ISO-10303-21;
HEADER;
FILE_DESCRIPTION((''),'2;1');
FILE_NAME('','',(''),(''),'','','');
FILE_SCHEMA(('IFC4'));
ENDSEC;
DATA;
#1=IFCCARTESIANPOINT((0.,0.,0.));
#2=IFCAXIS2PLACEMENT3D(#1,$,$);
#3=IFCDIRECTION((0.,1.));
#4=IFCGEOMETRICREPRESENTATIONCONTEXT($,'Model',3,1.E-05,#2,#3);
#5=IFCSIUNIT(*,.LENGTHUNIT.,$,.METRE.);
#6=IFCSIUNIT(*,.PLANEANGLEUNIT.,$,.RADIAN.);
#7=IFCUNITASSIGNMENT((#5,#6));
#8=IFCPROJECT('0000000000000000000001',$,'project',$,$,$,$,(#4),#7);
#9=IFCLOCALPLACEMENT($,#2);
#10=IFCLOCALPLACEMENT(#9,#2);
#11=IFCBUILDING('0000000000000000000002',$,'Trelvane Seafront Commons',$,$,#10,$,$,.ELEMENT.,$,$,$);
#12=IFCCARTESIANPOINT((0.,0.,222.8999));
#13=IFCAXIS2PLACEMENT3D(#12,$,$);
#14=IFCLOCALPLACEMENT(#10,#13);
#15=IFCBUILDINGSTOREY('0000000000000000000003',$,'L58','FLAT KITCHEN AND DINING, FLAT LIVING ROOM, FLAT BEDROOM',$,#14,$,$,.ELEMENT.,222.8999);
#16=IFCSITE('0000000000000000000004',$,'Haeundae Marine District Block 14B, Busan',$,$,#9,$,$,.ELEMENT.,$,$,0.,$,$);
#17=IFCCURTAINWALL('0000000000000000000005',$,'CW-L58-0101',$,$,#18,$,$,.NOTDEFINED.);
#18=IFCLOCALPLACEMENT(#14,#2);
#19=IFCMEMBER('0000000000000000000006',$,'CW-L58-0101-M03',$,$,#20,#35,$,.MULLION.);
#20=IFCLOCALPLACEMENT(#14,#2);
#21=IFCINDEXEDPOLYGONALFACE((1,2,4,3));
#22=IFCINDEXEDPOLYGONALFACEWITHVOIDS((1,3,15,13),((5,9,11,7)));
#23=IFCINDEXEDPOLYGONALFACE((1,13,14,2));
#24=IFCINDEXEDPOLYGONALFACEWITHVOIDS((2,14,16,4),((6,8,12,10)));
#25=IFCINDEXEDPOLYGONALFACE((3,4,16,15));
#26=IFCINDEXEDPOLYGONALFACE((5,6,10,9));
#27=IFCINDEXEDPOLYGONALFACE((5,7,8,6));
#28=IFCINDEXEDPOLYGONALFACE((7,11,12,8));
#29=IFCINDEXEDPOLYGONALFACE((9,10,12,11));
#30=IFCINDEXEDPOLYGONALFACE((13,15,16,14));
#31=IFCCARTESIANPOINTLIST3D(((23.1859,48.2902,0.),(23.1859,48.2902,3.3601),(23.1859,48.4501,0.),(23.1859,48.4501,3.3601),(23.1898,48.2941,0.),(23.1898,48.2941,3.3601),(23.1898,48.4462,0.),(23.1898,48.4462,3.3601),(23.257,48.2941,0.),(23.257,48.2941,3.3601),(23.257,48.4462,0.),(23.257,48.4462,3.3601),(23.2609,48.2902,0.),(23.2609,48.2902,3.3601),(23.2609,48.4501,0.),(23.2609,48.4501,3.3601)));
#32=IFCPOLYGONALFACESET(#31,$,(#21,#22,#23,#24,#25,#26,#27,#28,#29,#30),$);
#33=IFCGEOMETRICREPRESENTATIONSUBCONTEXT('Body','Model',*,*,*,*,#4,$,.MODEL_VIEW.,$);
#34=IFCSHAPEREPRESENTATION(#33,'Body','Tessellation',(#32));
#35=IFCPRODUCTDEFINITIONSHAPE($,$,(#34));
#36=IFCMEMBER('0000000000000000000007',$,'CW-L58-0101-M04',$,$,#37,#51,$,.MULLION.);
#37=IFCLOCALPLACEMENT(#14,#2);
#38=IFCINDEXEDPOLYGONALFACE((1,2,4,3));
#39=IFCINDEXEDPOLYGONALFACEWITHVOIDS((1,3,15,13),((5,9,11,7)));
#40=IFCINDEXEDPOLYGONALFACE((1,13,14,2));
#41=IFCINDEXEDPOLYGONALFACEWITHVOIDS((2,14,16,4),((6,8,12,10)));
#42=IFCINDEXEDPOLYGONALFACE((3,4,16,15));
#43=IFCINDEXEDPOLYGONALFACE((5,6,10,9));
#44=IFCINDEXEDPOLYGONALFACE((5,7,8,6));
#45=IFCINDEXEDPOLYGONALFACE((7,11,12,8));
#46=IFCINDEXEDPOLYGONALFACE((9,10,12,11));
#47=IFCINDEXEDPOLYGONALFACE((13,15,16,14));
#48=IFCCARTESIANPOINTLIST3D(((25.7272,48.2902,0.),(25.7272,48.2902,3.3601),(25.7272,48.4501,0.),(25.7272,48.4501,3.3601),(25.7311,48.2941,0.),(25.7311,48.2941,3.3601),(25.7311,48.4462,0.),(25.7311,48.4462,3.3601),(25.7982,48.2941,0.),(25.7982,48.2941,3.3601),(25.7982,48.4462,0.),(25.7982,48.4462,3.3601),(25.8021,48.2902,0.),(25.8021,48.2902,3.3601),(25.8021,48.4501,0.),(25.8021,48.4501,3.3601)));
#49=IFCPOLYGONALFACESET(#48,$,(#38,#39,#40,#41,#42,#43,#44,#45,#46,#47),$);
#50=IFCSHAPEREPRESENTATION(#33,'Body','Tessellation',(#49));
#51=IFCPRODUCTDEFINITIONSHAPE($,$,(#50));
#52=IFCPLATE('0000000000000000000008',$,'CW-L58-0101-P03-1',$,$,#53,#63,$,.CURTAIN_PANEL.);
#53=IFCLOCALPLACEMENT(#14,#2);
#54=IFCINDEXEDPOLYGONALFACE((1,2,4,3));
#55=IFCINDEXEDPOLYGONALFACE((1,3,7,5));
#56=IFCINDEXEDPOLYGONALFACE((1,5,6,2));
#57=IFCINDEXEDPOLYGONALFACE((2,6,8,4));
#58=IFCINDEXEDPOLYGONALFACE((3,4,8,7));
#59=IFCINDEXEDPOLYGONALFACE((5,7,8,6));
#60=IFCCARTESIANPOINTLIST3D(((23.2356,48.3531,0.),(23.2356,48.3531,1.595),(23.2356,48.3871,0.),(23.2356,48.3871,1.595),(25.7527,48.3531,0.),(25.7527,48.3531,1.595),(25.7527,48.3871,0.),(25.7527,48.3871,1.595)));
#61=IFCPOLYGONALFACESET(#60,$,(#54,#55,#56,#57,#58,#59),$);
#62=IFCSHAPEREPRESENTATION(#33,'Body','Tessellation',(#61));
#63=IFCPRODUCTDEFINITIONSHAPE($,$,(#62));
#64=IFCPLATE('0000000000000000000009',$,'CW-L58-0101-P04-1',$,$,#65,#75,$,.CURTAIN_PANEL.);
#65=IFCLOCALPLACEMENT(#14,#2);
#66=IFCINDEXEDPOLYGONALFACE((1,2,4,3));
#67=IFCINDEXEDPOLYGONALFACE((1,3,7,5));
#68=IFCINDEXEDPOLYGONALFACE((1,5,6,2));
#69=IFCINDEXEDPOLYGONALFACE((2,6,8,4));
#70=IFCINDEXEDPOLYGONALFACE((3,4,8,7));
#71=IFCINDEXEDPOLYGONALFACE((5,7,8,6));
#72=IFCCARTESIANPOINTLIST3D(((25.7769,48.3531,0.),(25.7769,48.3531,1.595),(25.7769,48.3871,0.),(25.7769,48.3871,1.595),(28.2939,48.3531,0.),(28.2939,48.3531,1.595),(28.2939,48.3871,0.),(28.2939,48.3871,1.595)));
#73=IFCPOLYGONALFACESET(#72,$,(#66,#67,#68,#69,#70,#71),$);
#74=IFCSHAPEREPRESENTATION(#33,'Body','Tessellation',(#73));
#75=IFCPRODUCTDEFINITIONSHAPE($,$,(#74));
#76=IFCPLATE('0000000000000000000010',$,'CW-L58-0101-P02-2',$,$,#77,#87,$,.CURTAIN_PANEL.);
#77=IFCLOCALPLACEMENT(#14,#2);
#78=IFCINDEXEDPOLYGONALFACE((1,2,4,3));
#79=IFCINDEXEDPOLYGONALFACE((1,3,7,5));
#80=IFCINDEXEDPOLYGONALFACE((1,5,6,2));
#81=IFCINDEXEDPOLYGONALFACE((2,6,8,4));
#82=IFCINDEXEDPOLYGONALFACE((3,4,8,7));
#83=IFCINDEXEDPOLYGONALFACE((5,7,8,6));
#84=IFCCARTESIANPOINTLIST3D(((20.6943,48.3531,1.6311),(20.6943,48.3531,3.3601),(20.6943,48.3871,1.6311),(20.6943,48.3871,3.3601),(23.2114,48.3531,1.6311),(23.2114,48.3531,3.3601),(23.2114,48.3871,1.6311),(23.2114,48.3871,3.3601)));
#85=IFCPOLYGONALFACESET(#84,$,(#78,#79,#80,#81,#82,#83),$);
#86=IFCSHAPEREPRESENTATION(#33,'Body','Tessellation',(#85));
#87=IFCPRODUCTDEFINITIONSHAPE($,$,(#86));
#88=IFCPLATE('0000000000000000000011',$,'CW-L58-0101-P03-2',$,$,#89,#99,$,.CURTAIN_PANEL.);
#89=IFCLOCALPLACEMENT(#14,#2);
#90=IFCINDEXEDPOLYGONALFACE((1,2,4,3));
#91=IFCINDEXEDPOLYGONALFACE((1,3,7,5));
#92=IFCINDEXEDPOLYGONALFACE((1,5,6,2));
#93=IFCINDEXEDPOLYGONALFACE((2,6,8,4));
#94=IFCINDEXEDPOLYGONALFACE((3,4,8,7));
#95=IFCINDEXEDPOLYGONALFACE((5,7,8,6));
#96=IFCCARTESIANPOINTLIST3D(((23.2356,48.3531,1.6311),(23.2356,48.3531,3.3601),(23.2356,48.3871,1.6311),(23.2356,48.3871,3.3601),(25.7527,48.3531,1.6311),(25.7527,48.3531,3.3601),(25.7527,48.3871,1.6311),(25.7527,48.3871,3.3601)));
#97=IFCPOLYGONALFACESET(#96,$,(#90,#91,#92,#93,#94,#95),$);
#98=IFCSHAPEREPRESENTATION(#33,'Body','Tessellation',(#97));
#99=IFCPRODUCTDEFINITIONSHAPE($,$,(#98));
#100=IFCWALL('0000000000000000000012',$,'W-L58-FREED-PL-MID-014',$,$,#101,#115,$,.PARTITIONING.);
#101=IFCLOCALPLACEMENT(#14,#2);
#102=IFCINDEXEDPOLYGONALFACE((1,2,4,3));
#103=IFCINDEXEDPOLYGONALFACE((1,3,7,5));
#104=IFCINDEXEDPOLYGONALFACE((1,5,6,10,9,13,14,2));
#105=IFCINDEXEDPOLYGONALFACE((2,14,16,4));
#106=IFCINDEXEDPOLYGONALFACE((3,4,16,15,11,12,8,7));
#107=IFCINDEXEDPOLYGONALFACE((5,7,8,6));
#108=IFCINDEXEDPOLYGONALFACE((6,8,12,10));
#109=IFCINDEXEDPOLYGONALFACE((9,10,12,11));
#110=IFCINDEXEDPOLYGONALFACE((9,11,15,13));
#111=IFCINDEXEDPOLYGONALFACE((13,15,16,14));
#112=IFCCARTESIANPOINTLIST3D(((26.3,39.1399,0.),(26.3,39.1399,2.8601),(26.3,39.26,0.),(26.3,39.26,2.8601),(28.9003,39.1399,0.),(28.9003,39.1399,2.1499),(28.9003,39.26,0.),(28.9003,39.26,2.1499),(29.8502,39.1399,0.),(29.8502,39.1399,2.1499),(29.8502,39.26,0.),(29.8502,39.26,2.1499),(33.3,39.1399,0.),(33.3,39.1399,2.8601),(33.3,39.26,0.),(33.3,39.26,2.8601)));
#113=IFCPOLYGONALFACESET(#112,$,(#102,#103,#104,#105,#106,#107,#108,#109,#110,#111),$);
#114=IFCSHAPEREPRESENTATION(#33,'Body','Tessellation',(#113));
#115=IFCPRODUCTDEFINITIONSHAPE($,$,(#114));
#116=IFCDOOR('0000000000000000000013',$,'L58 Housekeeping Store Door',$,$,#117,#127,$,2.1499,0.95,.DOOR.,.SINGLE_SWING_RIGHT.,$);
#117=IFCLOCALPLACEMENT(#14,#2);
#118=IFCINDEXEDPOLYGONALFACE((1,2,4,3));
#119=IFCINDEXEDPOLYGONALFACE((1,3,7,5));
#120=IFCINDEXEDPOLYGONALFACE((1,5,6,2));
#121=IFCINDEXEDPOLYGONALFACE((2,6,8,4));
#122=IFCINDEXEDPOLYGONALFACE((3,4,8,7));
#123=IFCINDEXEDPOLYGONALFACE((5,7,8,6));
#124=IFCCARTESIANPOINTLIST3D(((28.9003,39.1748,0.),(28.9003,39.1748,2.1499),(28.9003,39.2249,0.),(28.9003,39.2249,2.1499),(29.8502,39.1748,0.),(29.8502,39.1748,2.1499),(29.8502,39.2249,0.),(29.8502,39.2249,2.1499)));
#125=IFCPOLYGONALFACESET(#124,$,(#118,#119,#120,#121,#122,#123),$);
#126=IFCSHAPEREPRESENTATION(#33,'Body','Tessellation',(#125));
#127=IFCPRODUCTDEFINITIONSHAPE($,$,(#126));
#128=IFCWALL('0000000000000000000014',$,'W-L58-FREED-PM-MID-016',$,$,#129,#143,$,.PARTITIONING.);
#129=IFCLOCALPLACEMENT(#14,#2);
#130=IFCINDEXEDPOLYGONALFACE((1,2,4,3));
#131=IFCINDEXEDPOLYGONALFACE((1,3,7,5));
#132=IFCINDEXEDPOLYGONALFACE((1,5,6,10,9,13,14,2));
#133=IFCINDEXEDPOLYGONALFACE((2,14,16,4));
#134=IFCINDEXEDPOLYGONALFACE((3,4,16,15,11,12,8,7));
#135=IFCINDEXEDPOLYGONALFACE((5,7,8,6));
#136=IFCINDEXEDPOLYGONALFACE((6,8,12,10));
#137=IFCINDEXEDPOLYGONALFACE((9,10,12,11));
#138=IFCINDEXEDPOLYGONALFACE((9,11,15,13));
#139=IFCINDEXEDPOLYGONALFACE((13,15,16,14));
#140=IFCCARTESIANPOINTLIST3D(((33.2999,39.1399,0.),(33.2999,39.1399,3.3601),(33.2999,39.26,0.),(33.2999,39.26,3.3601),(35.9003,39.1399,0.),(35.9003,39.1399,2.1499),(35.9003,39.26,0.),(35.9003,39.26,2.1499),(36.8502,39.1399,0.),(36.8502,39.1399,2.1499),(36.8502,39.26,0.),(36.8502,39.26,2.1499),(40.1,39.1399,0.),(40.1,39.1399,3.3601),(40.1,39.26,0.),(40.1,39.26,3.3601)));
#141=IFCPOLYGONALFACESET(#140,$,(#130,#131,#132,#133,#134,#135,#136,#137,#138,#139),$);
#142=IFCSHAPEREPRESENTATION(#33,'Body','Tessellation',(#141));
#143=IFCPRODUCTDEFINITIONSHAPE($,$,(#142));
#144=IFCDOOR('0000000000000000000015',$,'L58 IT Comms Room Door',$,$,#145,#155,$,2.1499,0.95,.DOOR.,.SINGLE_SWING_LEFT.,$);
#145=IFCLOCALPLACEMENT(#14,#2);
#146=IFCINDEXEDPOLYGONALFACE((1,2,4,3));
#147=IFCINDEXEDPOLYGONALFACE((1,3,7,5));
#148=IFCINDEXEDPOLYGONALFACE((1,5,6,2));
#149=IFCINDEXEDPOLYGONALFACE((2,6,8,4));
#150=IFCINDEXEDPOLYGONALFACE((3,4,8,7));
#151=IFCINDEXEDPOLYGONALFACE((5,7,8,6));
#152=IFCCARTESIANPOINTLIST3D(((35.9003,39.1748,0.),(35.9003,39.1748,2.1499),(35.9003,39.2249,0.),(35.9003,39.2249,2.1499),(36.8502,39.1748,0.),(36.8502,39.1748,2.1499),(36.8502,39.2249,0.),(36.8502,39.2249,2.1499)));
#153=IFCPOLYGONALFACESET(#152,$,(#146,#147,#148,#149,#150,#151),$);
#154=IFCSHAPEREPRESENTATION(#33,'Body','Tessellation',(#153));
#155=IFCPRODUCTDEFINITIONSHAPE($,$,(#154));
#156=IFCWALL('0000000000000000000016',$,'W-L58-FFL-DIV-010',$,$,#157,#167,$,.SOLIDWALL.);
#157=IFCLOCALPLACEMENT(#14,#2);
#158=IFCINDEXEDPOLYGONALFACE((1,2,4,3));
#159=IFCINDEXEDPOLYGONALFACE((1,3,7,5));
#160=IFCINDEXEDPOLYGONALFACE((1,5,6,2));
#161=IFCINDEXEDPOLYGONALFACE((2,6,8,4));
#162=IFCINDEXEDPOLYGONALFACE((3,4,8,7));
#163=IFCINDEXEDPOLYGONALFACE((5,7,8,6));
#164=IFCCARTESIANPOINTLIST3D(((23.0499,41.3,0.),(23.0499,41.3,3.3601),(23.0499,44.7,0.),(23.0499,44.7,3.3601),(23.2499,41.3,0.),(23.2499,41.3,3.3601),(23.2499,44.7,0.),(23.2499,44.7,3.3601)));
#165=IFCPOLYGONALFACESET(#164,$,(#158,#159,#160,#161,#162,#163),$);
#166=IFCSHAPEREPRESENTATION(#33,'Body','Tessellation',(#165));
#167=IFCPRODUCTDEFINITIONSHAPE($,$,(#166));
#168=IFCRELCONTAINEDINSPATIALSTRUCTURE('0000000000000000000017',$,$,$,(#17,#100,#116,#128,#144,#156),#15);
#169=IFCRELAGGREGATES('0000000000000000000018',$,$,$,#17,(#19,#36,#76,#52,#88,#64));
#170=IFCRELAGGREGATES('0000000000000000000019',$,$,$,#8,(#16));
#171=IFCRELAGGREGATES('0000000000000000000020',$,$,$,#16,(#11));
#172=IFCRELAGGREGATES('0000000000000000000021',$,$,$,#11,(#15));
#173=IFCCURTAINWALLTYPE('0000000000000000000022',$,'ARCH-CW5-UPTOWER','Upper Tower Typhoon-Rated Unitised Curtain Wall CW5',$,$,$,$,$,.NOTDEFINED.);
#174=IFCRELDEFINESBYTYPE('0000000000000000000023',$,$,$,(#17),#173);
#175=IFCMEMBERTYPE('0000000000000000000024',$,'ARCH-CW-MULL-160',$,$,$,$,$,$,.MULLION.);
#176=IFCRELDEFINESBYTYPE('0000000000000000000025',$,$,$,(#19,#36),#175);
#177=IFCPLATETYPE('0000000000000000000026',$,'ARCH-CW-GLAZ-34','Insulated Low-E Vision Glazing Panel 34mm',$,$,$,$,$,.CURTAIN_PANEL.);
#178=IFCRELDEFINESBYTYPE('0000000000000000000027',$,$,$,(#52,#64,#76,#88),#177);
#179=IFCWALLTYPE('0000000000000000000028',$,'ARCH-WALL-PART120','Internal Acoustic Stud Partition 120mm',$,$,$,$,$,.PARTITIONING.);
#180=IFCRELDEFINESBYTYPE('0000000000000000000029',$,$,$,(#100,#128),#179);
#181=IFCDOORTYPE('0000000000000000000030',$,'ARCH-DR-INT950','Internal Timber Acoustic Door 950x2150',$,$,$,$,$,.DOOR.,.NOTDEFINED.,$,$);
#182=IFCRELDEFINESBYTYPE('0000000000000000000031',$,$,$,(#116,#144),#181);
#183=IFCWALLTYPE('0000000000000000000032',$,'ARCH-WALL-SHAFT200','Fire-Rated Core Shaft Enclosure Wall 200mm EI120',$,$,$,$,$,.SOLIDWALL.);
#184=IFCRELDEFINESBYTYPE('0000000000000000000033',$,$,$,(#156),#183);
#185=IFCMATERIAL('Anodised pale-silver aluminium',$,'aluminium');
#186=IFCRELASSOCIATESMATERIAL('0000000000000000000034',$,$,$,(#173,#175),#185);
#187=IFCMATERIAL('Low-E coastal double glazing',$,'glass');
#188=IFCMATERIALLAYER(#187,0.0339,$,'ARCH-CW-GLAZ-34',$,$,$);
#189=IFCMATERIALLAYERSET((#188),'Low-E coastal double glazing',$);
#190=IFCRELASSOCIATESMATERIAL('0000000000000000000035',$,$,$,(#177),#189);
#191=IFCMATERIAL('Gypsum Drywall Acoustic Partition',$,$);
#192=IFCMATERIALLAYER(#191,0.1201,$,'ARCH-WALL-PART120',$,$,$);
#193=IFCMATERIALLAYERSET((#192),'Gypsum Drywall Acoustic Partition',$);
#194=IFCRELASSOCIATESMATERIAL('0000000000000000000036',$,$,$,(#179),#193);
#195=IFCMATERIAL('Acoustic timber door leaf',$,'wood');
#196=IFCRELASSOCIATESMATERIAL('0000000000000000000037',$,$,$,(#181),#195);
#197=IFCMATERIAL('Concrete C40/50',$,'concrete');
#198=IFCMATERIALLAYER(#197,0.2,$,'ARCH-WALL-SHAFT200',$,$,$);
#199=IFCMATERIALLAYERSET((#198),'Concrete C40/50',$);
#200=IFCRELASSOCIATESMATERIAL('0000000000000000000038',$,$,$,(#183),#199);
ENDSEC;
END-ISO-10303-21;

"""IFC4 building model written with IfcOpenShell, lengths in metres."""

from ifc_helpers import new_model, si_unit, direction, frame, frame_2d, origin, origin_2d, place, context, subcontext, project, spatial, rectangle, hollow_rectangle, extrude, source, transform, mapped, material, layer, layer_set, material_profile, profile_set, type_object, element, fill, aggregate, save


model = new_model("IFC4")

# Units and contexts
model_context = context("Model", 3, precision=1e-05, world=origin(), true_north=direction((0.0, 1.0)))
body_context = subcontext(model_context, "Body", "Model", "MODEL_VIEW")
ifc_project = project(units=[si_unit("LENGTHUNIT", "METRE"), si_unit("PLANEANGLEUNIT", "RADIAN")], contexts=[model_context])

# Site, building, storey
site_placement = place(None, origin())
site = spatial("IfcSite", under=ifc_project, at=site_placement, Name="Haeundae Marine District Block 14B, Busan", CompositionType="ELEMENT", RefElevation=0.0)
building_placement = place(site_placement, origin())
building = spatial("IfcBuilding", under=site, at=building_placement, Name="Trelvane Seafront Commons", CompositionType="ELEMENT")
storey_placement = place(building_placement, frame((0.0, 0.0, 222.8999)))
storey = spatial("IfcBuildingStorey", under=building, at=storey_placement, Name="L58", Description="FLAT KITCHEN AND DINING, FLAT LIVING ROOM, FLAT BEDROOM", CompositionType="ELEMENT", Elevation=222.8999)

# Curtain wall, members, plates
ifc_material_1 = material(Name="Anodised pale-silver aluminium", Category="aluminium")
curtain_wall_type = type_object("IfcCurtainWallType", Name="ARCH-CW5-UPTOWER", Description="Upper Tower Typhoon-Rated Unitised Curtain Wall CW5", PredefinedType="NOTDEFINED", material=ifc_material_1)
curtain_wall_placement = place(storey_placement, origin())
curtain_wall = element("IfcCurtainWall", 1, at=curtain_wall_placement, inside=storey, type_object=curtain_wall_type, Name="CW-L58-0101", PredefinedType="NOTDEFINED")
ifc_material_profile_1 = material_profile(ifc_material_1, hollow_rectangle(XDim=0.075, YDim=0.1599, WallThickness=0.0039, at=origin_2d()), Name="MULL-75x160x4")
ifc_profile_set_1 = profile_set([ifc_material_profile_1], Name="Anodised pale-silver aluminium")
member_type_1 = type_object("IfcMemberType", Name="ARCH-CW-MULL-160", PredefinedType="MULLION", material=ifc_profile_set_1)
shared_shape_1 = source(origin(), body_context, "Body", "SweptSolid", [
    extrude(hollow_rectangle(XDim=0.075, YDim=0.1599, WallThickness=0.0039, at=origin_2d()), origin(), (0.0, 0.0, 1.0), 3.3601),
])
member_1_placement = place(storey_placement, frame((23.2234, 48.3701, 0.0), z_axis=(0.0, 0.0, 1.0), x_axis=(1.0, 0.0, 0.0)))
member_1 = element("IfcMember", 2, at=member_1_placement, type_object=member_type_1, Name="CW-L58-0101-M03", PredefinedType="MULLION", context=body_context, shape_type="MappedRepresentation", body=[
    mapped(shared_shape_1, transform((0.0, 0.0, 0.0), x_axis=(1.0, 0.0, 0.0), y_axis=(0.0, 1.0, 0.0), z_axis=(0.0, 0.0, 1.0), scale=1.0)),
])
member_2_placement = place(storey_placement, frame((25.7646, 48.3701, 0.0), z_axis=(0.0, 0.0, 1.0), x_axis=(1.0, 0.0, 0.0)))
member_2 = element("IfcMember", 3, at=member_2_placement, type_object=member_type_1, Name="CW-L58-0101-M04", PredefinedType="MULLION", context=body_context, shape_type="MappedRepresentation", body=[
    mapped(shared_shape_1, transform((0.0, 0.0, 0.0), x_axis=(1.0, 0.0, 0.0), y_axis=(0.0, 1.0, 0.0), z_axis=(0.0, 0.0, 1.0), scale=1.0)),
])
ifc_material_2 = material(Name="Low-E coastal double glazing", Category="glass")
ifc_layer_1 = layer(ifc_material_2, 0.0339, Name="ARCH-CW-GLAZ-34")
ifc_layer_set_1 = layer_set([ifc_layer_1], Name="Low-E coastal double glazing")
plate_type = type_object("IfcPlateType", Name="ARCH-CW-GLAZ-34", Description="Insulated Low-E Vision Glazing Panel 34mm", PredefinedType="CURTAIN_PANEL", material=ifc_layer_set_1)
shared_shape_2 = source(origin(), body_context, "Body", "SweptSolid", [
    extrude(rectangle(XDim=2.5171, YDim=0.0339, at=origin_2d()), origin(), (0.0, 0.0, 1.0), 1.595),
])
plate_1_placement = place(storey_placement, frame((24.4941, 48.3701, 0.0), z_axis=(0.0, 0.0, 1.0), x_axis=(1.0, 0.0, 0.0)))
plate_1 = element("IfcPlate", 4, at=plate_1_placement, type_object=plate_type, Name="CW-L58-0101-P03-1", PredefinedType="CURTAIN_PANEL", context=body_context, shape_type="MappedRepresentation", body=[
    mapped(shared_shape_2, transform((0.0, 0.0, 0.0), x_axis=(1.0, 0.0, 0.0), y_axis=(0.0, 1.0, 0.0), z_axis=(0.0, 0.0, 1.0), scale=1.0)),
])
plate_2_placement = place(storey_placement, frame((27.0354, 48.3701, 0.0), z_axis=(0.0, 0.0, 1.0), x_axis=(1.0, 0.0, 0.0)))
plate_2 = element("IfcPlate", 5, at=plate_2_placement, type_object=plate_type, Name="CW-L58-0101-P04-1", PredefinedType="CURTAIN_PANEL", context=body_context, shape_type="MappedRepresentation", body=[
    mapped(shared_shape_2, transform((0.0, 0.0, 0.0), x_axis=(1.0, 0.0, 0.0), y_axis=(0.0, 1.0, 0.0), z_axis=(0.0, 0.0, 1.0), scale=1.0)),
])
shared_shape_3 = source(origin(), body_context, "Body", "SweptSolid", [
    extrude(rectangle(XDim=2.5171, YDim=0.0339, at=origin_2d()), origin(), (0.0, 0.0, 1.0), 1.729),
])
plate_3_placement = place(storey_placement, frame((21.9529, 48.3701, 1.6311), z_axis=(0.0, 0.0, 1.0), x_axis=(1.0, 0.0, 0.0)))
plate_3 = element("IfcPlate", 6, at=plate_3_placement, type_object=plate_type, Name="CW-L58-0101-P02-2", PredefinedType="CURTAIN_PANEL", context=body_context, shape_type="MappedRepresentation", body=[
    mapped(shared_shape_3, transform((0.0, 0.0, 0.0), x_axis=(1.0, 0.0, 0.0), y_axis=(0.0, 1.0, 0.0), z_axis=(0.0, 0.0, 1.0), scale=1.0)),
])
plate_4_placement = place(storey_placement, frame((24.4941, 48.3701, 1.6311), z_axis=(0.0, 0.0, 1.0), x_axis=(1.0, 0.0, 0.0)))
plate_4 = element("IfcPlate", 7, at=plate_4_placement, type_object=plate_type, Name="CW-L58-0101-P03-2", PredefinedType="CURTAIN_PANEL", context=body_context, shape_type="MappedRepresentation", body=[
    mapped(shared_shape_3, transform((0.0, 0.0, 0.0), x_axis=(1.0, 0.0, 0.0), y_axis=(0.0, 1.0, 0.0), z_axis=(0.0, 0.0, 1.0), scale=1.0)),
])
aggregate(curtain_wall, [member_1, member_2, plate_3, plate_1, plate_4, plate_2])

# Walls, openings, doors
ifc_material_3 = material(Name="Concrete C40/50", Category="concrete")
ifc_material_4 = material(Name="Gypsum Drywall Acoustic Partition")
ifc_layer_2 = layer(ifc_material_4, 0.1201, Name="ARCH-WALL-PART120")
ifc_layer_set_2 = layer_set([ifc_layer_2], Name="Gypsum Drywall Acoustic Partition")
wall_type_1 = type_object("IfcWallType", Name="ARCH-WALL-PART120", Description="Internal Acoustic Stud Partition 120mm", PredefinedType="PARTITIONING", material=ifc_layer_set_2)
wall_1_placement = place(storey_placement, frame((26.3, 39.2, 0.0), z_axis=(0.0, 0.0, 1.0), x_axis=(1.0, 0.0, 0.0)))
wall_1 = element("IfcWall", 8, at=wall_1_placement, inside=storey, type_object=wall_type_1, Name="W-L58-FREED-PL-MID-014", PredefinedType="PARTITIONING", context=body_context, shape_type="SweptSolid", body=[
    extrude(rectangle(XDim=7.0, YDim=0.1201, at=frame_2d((3.5, 0.0))), origin(), (0.0, 0.0, 1.0), 2.8601),
])
opening_1_placement = place(wall_1_placement, frame((2.6001, 0.0, 0.0)))
opening_1 = element("IfcOpeningElement", 9, at=opening_1_placement, cuts=wall_1, PredefinedType="OPENING", context=body_context, shape_type="SweptSolid", body=[
    extrude(rectangle(XDim=0.95, YDim=2.1499, at=frame_2d((0.4751, 1.075))), frame((0.0, 0.0701, 0.0), z_axis=(0.0, -1.0, 0.0), x_axis=(1.0, 0.0, 0.0)), (0.0, 0.0, 1.0), 0.1401),
])
ifc_material_5 = material(Name="Acoustic timber door leaf", Category="wood")
door_type_1 = type_object("IfcDoorType", Name="ARCH-DR-INT950", Description="Internal Timber Acoustic Door 950x2150", OperationType="NOTDEFINED", PredefinedType="DOOR", material=ifc_material_5)
shared_shape_4 = source(origin(), body_context, "Body", "SweptSolid", [
    extrude(rectangle(XDim=0.95, YDim=2.1499, at=frame_2d((0.4751, 1.075))), frame((0.0, 0.0249, 0.0), z_axis=(0.0, -1.0, 0.0), x_axis=(1.0, 0.0, 0.0)), (0.0, 0.0, 1.0), 0.05),
])
door_1_placement = place(opening_1_placement, origin())
door_1 = element("IfcDoor", 10, at=door_1_placement, inside=storey, type_object=door_type_1, Name="L58 Housekeeping Store Door", OperationType="SINGLE_SWING_RIGHT", OverallHeight=2.1499, OverallWidth=0.95, PredefinedType="DOOR", context=body_context, shape_type="MappedRepresentation", body=[
    mapped(shared_shape_4, transform((0.0, 0.0, 0.0), x_axis=(1.0, 0.0, 0.0), y_axis=(0.0, 1.0, 0.0), z_axis=(0.0, 0.0, 1.0), scale=1.0)),
])
fill(opening_1, door_1)
wall_2_placement = place(storey_placement, frame((33.3, 39.2, 0.0), z_axis=(0.0, 0.0, 1.0), x_axis=(1.0, 0.0, 0.0)))
wall_2 = element("IfcWall", 11, at=wall_2_placement, inside=storey, type_object=wall_type_1, Name="W-L58-FREED-PM-MID-016", PredefinedType="PARTITIONING", context=body_context, shape_type="SweptSolid", body=[
    extrude(rectangle(XDim=6.8, YDim=0.1201, at=frame_2d((3.3999, 0.0))), origin(), (0.0, 0.0, 1.0), 3.3601),
])
opening_2_placement = place(wall_2_placement, frame((2.6001, 0.0, 0.0)))
opening_2 = element("IfcOpeningElement", 12, at=opening_2_placement, cuts=wall_2, PredefinedType="OPENING", context=body_context, shape_type="SweptSolid", body=[
    extrude(rectangle(XDim=0.95, YDim=2.1499, at=frame_2d((0.4751, 1.075))), frame((0.0, 0.0701, 0.0), z_axis=(0.0, -1.0, 0.0), x_axis=(1.0, 0.0, 0.0)), (0.0, 0.0, 1.0), 0.1401),
])
door_2_placement = place(opening_2_placement, origin())
door_2 = element("IfcDoor", 13, at=door_2_placement, inside=storey, type_object=door_type_1, Name="L58 IT Comms Room Door", OperationType="SINGLE_SWING_LEFT", OverallHeight=2.1499, OverallWidth=0.95, PredefinedType="DOOR", context=body_context, shape_type="MappedRepresentation", body=[
    mapped(shared_shape_4, transform((0.0, 0.0, 0.0), x_axis=(1.0, 0.0, 0.0), y_axis=(0.0, 1.0, 0.0), z_axis=(0.0, 0.0, 1.0), scale=1.0)),
])
fill(opening_2, door_2)

# Wall
ifc_layer_3 = layer(ifc_material_3, 0.2, Name="ARCH-WALL-SHAFT200")
ifc_layer_set_3 = layer_set([ifc_layer_3], Name="Concrete C40/50")
wall_type_2 = type_object("IfcWallType", Name="ARCH-WALL-SHAFT200", Description="Fire-Rated Core Shaft Enclosure Wall 200mm EI120", PredefinedType="SOLIDWALL", material=ifc_layer_set_3)
for number, where, z_axis, x_axis, name in (
    (14, (23.1499, 41.3, 0.0), (0.0, 0.0, 1.0), (0.0, 1.0, 0.0), "W-L58-FFL-DIV-010"),
):
    element("IfcWall", number, at=place(storey_placement, frame(where, z_axis=z_axis, x_axis=x_axis)), inside=storey, type_object=wall_type_2, Name=name, PredefinedType="SOLIDWALL", context=body_context, shape_type="SweptSolid", body=[
        extrude(rectangle(XDim=3.3999, YDim=0.2, at=frame_2d((1.7, 0.0))), origin(), (0.0, 0.0, 1.0), 3.3601),
    ])

save(model, "model.ifc")
